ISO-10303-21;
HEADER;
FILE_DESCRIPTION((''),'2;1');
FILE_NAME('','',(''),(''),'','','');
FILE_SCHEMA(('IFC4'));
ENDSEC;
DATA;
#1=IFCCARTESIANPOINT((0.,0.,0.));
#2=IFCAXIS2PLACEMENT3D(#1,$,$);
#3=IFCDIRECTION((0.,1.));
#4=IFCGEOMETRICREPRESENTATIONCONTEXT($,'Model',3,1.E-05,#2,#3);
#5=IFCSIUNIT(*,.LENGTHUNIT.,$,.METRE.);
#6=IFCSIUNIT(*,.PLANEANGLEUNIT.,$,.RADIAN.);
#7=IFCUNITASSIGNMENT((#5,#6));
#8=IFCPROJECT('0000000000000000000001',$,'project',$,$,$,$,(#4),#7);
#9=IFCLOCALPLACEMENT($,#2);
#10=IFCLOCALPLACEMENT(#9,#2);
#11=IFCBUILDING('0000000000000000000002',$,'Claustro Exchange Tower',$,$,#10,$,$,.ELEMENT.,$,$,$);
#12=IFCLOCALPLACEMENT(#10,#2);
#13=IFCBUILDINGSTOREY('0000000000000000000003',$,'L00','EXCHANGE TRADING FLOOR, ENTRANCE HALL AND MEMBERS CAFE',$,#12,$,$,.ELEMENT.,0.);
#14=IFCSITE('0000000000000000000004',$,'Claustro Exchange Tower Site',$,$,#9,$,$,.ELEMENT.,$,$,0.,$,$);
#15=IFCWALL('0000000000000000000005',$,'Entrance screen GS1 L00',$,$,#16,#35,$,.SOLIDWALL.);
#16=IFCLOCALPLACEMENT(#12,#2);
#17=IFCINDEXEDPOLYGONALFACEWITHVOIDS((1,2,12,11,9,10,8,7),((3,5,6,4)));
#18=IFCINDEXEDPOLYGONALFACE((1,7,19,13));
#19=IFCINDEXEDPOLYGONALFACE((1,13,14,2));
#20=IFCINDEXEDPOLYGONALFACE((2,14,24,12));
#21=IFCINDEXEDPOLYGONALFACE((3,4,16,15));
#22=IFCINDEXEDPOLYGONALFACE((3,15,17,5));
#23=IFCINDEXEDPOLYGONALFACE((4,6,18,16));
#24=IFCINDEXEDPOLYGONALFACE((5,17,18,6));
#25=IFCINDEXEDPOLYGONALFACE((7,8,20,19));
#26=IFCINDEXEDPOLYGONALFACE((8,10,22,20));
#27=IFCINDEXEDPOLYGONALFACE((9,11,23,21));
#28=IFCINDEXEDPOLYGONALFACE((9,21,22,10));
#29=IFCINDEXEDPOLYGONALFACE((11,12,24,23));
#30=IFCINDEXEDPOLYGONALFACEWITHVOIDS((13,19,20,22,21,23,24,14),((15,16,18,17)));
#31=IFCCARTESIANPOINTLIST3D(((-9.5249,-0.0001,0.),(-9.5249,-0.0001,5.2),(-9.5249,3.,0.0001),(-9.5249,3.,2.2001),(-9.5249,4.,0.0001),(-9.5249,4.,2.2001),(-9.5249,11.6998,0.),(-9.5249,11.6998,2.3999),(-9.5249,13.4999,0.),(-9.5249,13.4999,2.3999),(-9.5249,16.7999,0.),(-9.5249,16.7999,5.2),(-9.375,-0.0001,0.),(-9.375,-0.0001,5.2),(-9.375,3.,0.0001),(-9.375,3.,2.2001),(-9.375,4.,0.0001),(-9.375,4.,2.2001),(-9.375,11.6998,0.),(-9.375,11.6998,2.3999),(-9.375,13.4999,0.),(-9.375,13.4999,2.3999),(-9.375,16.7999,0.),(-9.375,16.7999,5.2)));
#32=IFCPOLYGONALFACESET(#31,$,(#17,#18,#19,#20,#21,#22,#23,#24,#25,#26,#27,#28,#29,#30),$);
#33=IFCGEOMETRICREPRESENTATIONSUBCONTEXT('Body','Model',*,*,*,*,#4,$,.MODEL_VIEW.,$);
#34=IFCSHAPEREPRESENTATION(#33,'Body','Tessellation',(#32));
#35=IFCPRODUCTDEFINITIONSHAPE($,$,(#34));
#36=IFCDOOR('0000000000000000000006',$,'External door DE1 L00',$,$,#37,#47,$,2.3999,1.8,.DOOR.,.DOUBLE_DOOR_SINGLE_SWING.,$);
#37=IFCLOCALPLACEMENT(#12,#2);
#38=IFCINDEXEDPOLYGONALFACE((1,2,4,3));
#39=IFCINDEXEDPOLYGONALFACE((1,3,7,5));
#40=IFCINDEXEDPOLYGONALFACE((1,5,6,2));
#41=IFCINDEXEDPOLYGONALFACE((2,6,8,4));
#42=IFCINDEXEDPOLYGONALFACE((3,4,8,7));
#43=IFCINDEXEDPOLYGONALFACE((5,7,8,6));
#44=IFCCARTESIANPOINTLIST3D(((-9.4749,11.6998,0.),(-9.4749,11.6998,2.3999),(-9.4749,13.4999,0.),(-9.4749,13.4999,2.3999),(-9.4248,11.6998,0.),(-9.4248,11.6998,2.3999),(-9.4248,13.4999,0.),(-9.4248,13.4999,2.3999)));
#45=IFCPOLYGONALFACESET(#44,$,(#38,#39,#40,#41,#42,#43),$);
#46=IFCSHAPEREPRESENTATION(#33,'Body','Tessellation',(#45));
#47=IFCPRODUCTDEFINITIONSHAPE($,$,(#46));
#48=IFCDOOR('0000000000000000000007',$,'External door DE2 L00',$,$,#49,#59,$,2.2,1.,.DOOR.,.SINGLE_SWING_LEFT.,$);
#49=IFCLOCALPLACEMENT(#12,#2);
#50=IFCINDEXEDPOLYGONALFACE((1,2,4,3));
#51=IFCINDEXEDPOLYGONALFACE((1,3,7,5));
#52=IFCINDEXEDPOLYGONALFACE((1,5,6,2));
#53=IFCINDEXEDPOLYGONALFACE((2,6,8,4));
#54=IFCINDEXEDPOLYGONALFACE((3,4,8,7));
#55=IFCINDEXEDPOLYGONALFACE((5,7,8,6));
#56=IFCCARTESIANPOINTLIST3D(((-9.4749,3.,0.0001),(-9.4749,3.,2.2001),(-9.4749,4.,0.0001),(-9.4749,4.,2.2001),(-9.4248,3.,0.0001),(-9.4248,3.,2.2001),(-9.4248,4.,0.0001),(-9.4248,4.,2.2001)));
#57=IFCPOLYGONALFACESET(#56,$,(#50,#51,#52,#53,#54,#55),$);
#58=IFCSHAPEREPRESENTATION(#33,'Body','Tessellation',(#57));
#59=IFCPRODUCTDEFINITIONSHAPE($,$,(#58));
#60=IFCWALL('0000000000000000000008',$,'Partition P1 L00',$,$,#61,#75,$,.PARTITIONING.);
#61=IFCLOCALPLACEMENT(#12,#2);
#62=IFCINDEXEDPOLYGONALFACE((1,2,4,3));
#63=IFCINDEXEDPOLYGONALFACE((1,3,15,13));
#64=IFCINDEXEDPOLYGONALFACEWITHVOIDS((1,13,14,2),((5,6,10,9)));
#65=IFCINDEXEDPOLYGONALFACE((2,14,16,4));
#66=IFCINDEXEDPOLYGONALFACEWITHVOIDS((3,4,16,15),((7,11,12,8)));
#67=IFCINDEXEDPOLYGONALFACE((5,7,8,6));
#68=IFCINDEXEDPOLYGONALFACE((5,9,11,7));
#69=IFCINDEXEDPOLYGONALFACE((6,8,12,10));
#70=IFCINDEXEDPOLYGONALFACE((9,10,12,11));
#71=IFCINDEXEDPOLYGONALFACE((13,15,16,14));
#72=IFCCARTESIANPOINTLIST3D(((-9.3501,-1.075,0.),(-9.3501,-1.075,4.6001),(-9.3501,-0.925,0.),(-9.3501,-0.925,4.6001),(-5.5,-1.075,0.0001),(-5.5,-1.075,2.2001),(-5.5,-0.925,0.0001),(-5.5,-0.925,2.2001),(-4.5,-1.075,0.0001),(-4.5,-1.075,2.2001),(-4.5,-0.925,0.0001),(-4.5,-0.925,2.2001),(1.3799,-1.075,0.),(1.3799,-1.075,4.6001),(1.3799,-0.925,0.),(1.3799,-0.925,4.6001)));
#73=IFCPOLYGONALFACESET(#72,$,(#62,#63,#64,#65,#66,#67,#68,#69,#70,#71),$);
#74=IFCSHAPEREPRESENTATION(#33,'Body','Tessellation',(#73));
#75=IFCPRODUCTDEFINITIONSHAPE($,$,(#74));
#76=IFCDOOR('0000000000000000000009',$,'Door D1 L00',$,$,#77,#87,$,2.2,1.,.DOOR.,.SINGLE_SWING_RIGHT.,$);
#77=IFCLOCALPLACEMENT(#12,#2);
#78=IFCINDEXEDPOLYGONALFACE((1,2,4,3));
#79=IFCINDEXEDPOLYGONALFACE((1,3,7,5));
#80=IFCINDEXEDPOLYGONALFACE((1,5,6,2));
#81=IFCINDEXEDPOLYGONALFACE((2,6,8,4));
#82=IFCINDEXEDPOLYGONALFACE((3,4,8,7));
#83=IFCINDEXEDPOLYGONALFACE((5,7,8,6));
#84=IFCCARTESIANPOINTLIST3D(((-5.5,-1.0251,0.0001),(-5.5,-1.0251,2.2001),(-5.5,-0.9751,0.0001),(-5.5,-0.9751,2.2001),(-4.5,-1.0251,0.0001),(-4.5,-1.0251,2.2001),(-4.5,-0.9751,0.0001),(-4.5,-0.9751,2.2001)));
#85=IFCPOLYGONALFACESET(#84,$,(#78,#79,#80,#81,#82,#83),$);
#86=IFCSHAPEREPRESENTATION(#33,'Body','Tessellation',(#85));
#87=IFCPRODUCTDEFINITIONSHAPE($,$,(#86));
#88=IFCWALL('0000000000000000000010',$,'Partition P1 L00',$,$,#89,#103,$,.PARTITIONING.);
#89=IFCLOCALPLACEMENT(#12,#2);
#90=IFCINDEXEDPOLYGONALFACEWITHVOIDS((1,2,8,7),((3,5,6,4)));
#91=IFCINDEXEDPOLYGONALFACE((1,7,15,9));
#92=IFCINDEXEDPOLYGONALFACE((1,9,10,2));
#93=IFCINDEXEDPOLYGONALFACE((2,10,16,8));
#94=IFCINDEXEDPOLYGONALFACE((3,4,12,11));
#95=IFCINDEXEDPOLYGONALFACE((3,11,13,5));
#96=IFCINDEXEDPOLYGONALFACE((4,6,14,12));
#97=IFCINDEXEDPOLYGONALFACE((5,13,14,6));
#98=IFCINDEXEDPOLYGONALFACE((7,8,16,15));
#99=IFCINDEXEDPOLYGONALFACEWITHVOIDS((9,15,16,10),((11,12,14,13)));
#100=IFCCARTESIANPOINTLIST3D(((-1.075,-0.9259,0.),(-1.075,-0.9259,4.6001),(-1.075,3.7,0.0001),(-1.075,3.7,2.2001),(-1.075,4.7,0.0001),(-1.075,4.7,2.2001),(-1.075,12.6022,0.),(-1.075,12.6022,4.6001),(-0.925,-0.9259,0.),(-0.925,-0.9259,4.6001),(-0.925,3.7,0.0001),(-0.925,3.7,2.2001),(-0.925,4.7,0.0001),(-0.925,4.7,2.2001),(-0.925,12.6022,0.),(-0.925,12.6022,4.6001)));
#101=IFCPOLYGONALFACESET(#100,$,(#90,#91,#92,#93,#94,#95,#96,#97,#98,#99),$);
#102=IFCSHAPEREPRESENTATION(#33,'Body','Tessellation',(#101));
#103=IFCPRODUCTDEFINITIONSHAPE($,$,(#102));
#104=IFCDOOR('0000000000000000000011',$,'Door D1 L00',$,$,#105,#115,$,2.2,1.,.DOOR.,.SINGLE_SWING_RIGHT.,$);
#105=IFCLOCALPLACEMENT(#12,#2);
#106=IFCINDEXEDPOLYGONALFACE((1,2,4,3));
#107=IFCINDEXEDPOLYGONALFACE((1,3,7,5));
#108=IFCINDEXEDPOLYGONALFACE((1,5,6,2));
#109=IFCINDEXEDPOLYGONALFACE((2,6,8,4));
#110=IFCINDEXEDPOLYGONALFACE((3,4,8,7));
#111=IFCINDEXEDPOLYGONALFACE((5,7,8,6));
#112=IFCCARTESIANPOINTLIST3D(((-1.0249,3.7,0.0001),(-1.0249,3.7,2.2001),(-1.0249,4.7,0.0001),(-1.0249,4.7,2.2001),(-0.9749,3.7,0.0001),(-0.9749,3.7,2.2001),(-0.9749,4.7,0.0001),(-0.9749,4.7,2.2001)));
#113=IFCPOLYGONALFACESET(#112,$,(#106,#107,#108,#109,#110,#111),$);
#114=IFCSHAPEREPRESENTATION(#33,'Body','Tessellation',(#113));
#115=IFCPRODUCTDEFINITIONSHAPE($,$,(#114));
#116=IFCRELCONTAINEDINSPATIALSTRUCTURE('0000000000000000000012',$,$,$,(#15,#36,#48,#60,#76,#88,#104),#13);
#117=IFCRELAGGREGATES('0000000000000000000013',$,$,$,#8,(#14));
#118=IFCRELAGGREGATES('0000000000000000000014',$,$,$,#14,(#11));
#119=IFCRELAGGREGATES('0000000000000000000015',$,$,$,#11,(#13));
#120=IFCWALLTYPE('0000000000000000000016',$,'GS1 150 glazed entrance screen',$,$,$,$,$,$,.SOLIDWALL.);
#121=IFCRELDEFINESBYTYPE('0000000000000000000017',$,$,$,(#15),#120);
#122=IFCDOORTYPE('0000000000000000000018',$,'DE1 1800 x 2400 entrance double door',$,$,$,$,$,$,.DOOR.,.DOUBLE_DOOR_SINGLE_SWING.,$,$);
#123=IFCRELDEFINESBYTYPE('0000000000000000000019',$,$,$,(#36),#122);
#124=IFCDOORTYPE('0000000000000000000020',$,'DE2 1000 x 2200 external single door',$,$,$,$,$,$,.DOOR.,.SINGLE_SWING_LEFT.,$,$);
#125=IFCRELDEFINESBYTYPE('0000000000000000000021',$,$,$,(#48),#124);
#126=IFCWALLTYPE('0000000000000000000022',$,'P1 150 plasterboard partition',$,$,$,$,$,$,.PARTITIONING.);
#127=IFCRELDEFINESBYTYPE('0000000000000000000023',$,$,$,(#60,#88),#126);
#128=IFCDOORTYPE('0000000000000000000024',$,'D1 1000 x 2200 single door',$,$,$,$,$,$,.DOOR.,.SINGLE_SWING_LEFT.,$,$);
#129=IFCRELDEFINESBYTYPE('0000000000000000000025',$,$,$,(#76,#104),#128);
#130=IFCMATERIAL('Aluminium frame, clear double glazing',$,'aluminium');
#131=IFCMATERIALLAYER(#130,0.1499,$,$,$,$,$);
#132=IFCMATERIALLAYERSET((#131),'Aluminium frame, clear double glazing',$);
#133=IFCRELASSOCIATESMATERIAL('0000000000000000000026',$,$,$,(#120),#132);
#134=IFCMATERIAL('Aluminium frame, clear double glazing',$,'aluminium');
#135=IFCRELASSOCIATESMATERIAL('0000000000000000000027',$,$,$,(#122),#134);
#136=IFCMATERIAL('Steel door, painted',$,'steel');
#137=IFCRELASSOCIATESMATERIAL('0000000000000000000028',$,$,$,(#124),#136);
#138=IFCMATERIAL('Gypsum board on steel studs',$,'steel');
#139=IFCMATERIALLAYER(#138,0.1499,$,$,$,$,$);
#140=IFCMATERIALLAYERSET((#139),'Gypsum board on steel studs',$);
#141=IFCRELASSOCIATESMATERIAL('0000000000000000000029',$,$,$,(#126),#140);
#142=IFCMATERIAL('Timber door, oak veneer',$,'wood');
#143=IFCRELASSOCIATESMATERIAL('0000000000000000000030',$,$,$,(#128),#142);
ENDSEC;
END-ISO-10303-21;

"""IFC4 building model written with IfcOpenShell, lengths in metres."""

from ifc_helpers import new_model, si_unit, direction, frame, frame_2d, origin, place, context, subcontext, project, spatial, rectangle, extrude, material, layer, layer_set, type_object, element, fill, save


model = new_model("IFC4")

# Units and contexts
model_context = context("Model", 3, precision=1e-05, world=origin(), true_north=direction((0.0, 1.0)))
body_context = subcontext(model_context, "Body", "Model", "MODEL_VIEW")
ifc_project = project(units=[si_unit("LENGTHUNIT", "METRE"), si_unit("PLANEANGLEUNIT", "RADIAN")], contexts=[model_context])

# Site, building, storey
site_placement = place(None, origin())
site = spatial("IfcSite", under=ifc_project, at=site_placement, Name="Claustro Exchange Tower Site", CompositionType="ELEMENT", RefElevation=0.0)
building_placement = place(site_placement, origin())
building = spatial("IfcBuilding", under=site, at=building_placement, Name="Claustro Exchange Tower", CompositionType="ELEMENT")
storey_placement = place(building_placement, origin())
storey = spatial("IfcBuildingStorey", under=building, at=storey_placement, Name="L00", Description="EXCHANGE TRADING FLOOR, ENTRANCE HALL AND MEMBERS CAFE", CompositionType="ELEMENT", Elevation=0.0)

# Wall, openings, doors
ifc_material_1 = material(Name="Aluminium frame, clear double glazing", Category="aluminium")
ifc_layer_1 = layer(ifc_material_1, 0.1499)
ifc_layer_set_1 = layer_set([ifc_layer_1], Name="Aluminium frame, clear double glazing")
wall_type_1 = type_object("IfcWallType", Name="GS1 150 glazed entrance screen", PredefinedType="SOLIDWALL", material=ifc_layer_set_1)
wall_1_placement = place(storey_placement, frame((-9.45, 0.0, 0.0), z_axis=(0.0, 0.0, 1.0), x_axis=(0.0, 1.0, 0.0)))
wall_1 = element("IfcWall", 1, at=wall_1_placement, inside=storey, type_object=wall_type_1, Name="Entrance screen GS1 L00", PredefinedType="SOLIDWALL", context=body_context, shape_type="SweptSolid", body=[
    extrude(rectangle(XDim=16.8, YDim=0.1499, at=frame_2d((8.3999, 0.0))), origin(), (0.0, 0.0, 1.0), 5.2),
])
opening_1_placement = place(wall_1_placement, frame((3.0, 0.0, 0.0)))
opening_1 = element("IfcOpeningElement", 2, at=opening_1_placement, cuts=wall_1, PredefinedType="OPENING", context=body_context, shape_type="SweptSolid", body=[
    extrude(rectangle(XDim=1.0, YDim=2.2, at=frame_2d((0.5, 1.1001))), frame((0.0, 0.085, 0.0), z_axis=(0.0, -1.0, 0.0), x_axis=(1.0, 0.0, 0.0)), (0.0, 0.0, 1.0), 0.1699),
])
opening_2_placement = place(wall_1_placement, frame((11.7, 0.0, 0.0)))
opening_2 = element("IfcOpeningElement", 3, at=opening_2_placement, cuts=wall_1, PredefinedType="OPENING", context=body_context, shape_type="SweptSolid", body=[
    extrude(rectangle(XDim=1.8, YDim=2.3999, at=frame_2d((0.8999, 1.2))), frame((0.0, 0.085, 0.0), z_axis=(0.0, -1.0, 0.0), x_axis=(1.0, 0.0, 0.0)), (0.0, 0.0, 1.0), 0.1699),
])
ifc_material_2 = material(Name="Aluminium frame, clear double glazing", Category="aluminium")
door_type_1 = type_object("IfcDoorType", Name="DE1 1800 x 2400 entrance double door", OperationType="DOUBLE_DOOR_SINGLE_SWING", PredefinedType="DOOR", material=ifc_material_2)
door_1_placement = place(opening_2_placement, origin())
door_1 = element("IfcDoor", 4, at=door_1_placement, inside=storey, type_object=door_type_1, Name="External door DE1 L00", OperationType="DOUBLE_DOOR_SINGLE_SWING", OverallHeight=2.3999, OverallWidth=1.8, PredefinedType="DOOR", context=body_context, shape_type="SweptSolid", body=[
    extrude(rectangle(XDim=1.8, YDim=2.3999, at=frame_2d((0.8999, 1.2))), frame((0.0, 0.0249, 0.0), z_axis=(0.0, -1.0, 0.0), x_axis=(1.0, 0.0, 0.0)), (0.0, 0.0, 1.0), 0.05),
])
fill(opening_2, door_1)
ifc_material_3 = material(Name="Steel door, painted", Category="steel")
door_type_2 = type_object("IfcDoorType", Name="DE2 1000 x 2200 external single door", OperationType="SINGLE_SWING_LEFT", PredefinedType="DOOR", material=ifc_material_3)
door_2_placement = place(opening_1_placement, origin())
door_2 = element("IfcDoor", 5, at=door_2_placement, inside=storey, type_object=door_type_2, Name="External door DE2 L00", OperationType="SINGLE_SWING_LEFT", OverallHeight=2.2, OverallWidth=1.0, PredefinedType="DOOR", context=body_context, shape_type="SweptSolid", body=[
    extrude(rectangle(XDim=1.0, YDim=2.2, at=frame_2d((0.5, 1.1001))), frame((0.0, 0.0249, 0.0), z_axis=(0.0, -1.0, 0.0), x_axis=(1.0, 0.0, 0.0)), (0.0, 0.0, 1.0), 0.05),
])
fill(opening_1, door_2)

# Walls, openings, doors
ifc_material_4 = material(Name="Gypsum board on steel studs", Category="steel")
ifc_layer_2 = layer(ifc_material_4, 0.1499)
ifc_layer_set_2 = layer_set([ifc_layer_2], Name="Gypsum board on steel studs")
wall_type_2 = type_object("IfcWallType", Name="P1 150 plasterboard partition", PredefinedType="PARTITIONING", material=ifc_layer_set_2)
wall_2_placement = place(storey_placement, frame((-9.3501, -1.0, 0.0), z_axis=(0.0, 0.0, 1.0), x_axis=(1.0, 0.0, 0.0)))
wall_2 = element("IfcWall", 6, at=wall_2_placement, inside=storey, type_object=wall_type_2, Name="Partition P1 L00", PredefinedType="PARTITIONING", context=body_context, shape_type="SweptSolid", body=[
    extrude(rectangle(XDim=10.73, YDim=0.1499, at=frame_2d((5.365, 0.0))), origin(), (0.0, 0.0, 1.0), 4.6001),
])
opening_3_placement = place(wall_2_placement, frame((3.8501, 0.0, 0.0)))
opening_3 = element("IfcOpeningElement", 7, at=opening_3_placement, cuts=wall_2, PredefinedType="OPENING", context=body_context, shape_type="SweptSolid", body=[
    extrude(rectangle(XDim=1.0, YDim=2.2, at=frame_2d((0.5, 1.1001))), frame((0.0, 0.085, 0.0), z_axis=(0.0, -1.0, 0.0), x_axis=(1.0, 0.0, 0.0)), (0.0, 0.0, 1.0), 0.1699),
])
ifc_material_5 = material(Name="Timber door, oak veneer", Category="wood")
door_type_3 = type_object("IfcDoorType", Name="D1 1000 x 2200 single door", OperationType="SINGLE_SWING_LEFT", PredefinedType="DOOR", material=ifc_material_5)
door_3_placement = place(opening_3_placement, origin())
door_3 = element("IfcDoor", 8, at=door_3_placement, inside=storey, type_object=door_type_3, Name="Door D1 L00", OperationType="SINGLE_SWING_RIGHT", OverallHeight=2.2, OverallWidth=1.0, PredefinedType="DOOR", context=body_context, shape_type="SweptSolid", body=[
    extrude(rectangle(XDim=1.0, YDim=2.2, at=frame_2d((0.5, 1.1001))), frame((0.0, 0.0249, 0.0), z_axis=(0.0, -1.0, 0.0), x_axis=(1.0, 0.0, 0.0)), (0.0, 0.0, 1.0), 0.05),
])
fill(opening_3, door_3)
wall_3_placement = place(storey_placement, frame((-1.0, -0.926, 0.0), z_axis=(0.0, 0.0, 1.0), x_axis=(0.0, 1.0, 0.0)))
wall_3 = element("IfcWall", 9, at=wall_3_placement, inside=storey, type_object=wall_type_2, Name="Partition P1 L00", PredefinedType="PARTITIONING", context=body_context, shape_type="SweptSolid", body=[
    extrude(rectangle(XDim=13.5281, YDim=0.1499, at=frame_2d((6.7642, 0.0))), origin(), (0.0, 0.0, 1.0), 4.6001),
])
opening_4_placement = place(wall_3_placement, frame((4.626, 0.0, 0.0)))
opening_4 = element("IfcOpeningElement", 10, at=opening_4_placement, cuts=wall_3, PredefinedType="OPENING", context=body_context, shape_type="SweptSolid", body=[
    extrude(rectangle(XDim=1.0, YDim=2.2, at=frame_2d((0.5, 1.1001))), frame((0.0, 0.085, 0.0), z_axis=(0.0, -1.0, 0.0), x_axis=(1.0, 0.0, 0.0)), (0.0, 0.0, 1.0), 0.1699),
])
door_4_placement = place(opening_4_placement, origin())
door_4 = element("IfcDoor", 11, at=door_4_placement, inside=storey, type_object=door_type_3, Name="Door D1 L00", OperationType="SINGLE_SWING_RIGHT", OverallHeight=2.2, OverallWidth=1.0, PredefinedType="DOOR", context=body_context, shape_type="SweptSolid", body=[
    extrude(rectangle(XDim=1.0, YDim=2.2, at=frame_2d((0.5, 1.1001))), frame((0.0, 0.0249, 0.0), z_axis=(0.0, -1.0, 0.0), x_axis=(1.0, 0.0, 0.0)), (0.0, 0.0, 1.0), 0.05),
])
fill(opening_4, door_4)

save(model, "model.ifc")
